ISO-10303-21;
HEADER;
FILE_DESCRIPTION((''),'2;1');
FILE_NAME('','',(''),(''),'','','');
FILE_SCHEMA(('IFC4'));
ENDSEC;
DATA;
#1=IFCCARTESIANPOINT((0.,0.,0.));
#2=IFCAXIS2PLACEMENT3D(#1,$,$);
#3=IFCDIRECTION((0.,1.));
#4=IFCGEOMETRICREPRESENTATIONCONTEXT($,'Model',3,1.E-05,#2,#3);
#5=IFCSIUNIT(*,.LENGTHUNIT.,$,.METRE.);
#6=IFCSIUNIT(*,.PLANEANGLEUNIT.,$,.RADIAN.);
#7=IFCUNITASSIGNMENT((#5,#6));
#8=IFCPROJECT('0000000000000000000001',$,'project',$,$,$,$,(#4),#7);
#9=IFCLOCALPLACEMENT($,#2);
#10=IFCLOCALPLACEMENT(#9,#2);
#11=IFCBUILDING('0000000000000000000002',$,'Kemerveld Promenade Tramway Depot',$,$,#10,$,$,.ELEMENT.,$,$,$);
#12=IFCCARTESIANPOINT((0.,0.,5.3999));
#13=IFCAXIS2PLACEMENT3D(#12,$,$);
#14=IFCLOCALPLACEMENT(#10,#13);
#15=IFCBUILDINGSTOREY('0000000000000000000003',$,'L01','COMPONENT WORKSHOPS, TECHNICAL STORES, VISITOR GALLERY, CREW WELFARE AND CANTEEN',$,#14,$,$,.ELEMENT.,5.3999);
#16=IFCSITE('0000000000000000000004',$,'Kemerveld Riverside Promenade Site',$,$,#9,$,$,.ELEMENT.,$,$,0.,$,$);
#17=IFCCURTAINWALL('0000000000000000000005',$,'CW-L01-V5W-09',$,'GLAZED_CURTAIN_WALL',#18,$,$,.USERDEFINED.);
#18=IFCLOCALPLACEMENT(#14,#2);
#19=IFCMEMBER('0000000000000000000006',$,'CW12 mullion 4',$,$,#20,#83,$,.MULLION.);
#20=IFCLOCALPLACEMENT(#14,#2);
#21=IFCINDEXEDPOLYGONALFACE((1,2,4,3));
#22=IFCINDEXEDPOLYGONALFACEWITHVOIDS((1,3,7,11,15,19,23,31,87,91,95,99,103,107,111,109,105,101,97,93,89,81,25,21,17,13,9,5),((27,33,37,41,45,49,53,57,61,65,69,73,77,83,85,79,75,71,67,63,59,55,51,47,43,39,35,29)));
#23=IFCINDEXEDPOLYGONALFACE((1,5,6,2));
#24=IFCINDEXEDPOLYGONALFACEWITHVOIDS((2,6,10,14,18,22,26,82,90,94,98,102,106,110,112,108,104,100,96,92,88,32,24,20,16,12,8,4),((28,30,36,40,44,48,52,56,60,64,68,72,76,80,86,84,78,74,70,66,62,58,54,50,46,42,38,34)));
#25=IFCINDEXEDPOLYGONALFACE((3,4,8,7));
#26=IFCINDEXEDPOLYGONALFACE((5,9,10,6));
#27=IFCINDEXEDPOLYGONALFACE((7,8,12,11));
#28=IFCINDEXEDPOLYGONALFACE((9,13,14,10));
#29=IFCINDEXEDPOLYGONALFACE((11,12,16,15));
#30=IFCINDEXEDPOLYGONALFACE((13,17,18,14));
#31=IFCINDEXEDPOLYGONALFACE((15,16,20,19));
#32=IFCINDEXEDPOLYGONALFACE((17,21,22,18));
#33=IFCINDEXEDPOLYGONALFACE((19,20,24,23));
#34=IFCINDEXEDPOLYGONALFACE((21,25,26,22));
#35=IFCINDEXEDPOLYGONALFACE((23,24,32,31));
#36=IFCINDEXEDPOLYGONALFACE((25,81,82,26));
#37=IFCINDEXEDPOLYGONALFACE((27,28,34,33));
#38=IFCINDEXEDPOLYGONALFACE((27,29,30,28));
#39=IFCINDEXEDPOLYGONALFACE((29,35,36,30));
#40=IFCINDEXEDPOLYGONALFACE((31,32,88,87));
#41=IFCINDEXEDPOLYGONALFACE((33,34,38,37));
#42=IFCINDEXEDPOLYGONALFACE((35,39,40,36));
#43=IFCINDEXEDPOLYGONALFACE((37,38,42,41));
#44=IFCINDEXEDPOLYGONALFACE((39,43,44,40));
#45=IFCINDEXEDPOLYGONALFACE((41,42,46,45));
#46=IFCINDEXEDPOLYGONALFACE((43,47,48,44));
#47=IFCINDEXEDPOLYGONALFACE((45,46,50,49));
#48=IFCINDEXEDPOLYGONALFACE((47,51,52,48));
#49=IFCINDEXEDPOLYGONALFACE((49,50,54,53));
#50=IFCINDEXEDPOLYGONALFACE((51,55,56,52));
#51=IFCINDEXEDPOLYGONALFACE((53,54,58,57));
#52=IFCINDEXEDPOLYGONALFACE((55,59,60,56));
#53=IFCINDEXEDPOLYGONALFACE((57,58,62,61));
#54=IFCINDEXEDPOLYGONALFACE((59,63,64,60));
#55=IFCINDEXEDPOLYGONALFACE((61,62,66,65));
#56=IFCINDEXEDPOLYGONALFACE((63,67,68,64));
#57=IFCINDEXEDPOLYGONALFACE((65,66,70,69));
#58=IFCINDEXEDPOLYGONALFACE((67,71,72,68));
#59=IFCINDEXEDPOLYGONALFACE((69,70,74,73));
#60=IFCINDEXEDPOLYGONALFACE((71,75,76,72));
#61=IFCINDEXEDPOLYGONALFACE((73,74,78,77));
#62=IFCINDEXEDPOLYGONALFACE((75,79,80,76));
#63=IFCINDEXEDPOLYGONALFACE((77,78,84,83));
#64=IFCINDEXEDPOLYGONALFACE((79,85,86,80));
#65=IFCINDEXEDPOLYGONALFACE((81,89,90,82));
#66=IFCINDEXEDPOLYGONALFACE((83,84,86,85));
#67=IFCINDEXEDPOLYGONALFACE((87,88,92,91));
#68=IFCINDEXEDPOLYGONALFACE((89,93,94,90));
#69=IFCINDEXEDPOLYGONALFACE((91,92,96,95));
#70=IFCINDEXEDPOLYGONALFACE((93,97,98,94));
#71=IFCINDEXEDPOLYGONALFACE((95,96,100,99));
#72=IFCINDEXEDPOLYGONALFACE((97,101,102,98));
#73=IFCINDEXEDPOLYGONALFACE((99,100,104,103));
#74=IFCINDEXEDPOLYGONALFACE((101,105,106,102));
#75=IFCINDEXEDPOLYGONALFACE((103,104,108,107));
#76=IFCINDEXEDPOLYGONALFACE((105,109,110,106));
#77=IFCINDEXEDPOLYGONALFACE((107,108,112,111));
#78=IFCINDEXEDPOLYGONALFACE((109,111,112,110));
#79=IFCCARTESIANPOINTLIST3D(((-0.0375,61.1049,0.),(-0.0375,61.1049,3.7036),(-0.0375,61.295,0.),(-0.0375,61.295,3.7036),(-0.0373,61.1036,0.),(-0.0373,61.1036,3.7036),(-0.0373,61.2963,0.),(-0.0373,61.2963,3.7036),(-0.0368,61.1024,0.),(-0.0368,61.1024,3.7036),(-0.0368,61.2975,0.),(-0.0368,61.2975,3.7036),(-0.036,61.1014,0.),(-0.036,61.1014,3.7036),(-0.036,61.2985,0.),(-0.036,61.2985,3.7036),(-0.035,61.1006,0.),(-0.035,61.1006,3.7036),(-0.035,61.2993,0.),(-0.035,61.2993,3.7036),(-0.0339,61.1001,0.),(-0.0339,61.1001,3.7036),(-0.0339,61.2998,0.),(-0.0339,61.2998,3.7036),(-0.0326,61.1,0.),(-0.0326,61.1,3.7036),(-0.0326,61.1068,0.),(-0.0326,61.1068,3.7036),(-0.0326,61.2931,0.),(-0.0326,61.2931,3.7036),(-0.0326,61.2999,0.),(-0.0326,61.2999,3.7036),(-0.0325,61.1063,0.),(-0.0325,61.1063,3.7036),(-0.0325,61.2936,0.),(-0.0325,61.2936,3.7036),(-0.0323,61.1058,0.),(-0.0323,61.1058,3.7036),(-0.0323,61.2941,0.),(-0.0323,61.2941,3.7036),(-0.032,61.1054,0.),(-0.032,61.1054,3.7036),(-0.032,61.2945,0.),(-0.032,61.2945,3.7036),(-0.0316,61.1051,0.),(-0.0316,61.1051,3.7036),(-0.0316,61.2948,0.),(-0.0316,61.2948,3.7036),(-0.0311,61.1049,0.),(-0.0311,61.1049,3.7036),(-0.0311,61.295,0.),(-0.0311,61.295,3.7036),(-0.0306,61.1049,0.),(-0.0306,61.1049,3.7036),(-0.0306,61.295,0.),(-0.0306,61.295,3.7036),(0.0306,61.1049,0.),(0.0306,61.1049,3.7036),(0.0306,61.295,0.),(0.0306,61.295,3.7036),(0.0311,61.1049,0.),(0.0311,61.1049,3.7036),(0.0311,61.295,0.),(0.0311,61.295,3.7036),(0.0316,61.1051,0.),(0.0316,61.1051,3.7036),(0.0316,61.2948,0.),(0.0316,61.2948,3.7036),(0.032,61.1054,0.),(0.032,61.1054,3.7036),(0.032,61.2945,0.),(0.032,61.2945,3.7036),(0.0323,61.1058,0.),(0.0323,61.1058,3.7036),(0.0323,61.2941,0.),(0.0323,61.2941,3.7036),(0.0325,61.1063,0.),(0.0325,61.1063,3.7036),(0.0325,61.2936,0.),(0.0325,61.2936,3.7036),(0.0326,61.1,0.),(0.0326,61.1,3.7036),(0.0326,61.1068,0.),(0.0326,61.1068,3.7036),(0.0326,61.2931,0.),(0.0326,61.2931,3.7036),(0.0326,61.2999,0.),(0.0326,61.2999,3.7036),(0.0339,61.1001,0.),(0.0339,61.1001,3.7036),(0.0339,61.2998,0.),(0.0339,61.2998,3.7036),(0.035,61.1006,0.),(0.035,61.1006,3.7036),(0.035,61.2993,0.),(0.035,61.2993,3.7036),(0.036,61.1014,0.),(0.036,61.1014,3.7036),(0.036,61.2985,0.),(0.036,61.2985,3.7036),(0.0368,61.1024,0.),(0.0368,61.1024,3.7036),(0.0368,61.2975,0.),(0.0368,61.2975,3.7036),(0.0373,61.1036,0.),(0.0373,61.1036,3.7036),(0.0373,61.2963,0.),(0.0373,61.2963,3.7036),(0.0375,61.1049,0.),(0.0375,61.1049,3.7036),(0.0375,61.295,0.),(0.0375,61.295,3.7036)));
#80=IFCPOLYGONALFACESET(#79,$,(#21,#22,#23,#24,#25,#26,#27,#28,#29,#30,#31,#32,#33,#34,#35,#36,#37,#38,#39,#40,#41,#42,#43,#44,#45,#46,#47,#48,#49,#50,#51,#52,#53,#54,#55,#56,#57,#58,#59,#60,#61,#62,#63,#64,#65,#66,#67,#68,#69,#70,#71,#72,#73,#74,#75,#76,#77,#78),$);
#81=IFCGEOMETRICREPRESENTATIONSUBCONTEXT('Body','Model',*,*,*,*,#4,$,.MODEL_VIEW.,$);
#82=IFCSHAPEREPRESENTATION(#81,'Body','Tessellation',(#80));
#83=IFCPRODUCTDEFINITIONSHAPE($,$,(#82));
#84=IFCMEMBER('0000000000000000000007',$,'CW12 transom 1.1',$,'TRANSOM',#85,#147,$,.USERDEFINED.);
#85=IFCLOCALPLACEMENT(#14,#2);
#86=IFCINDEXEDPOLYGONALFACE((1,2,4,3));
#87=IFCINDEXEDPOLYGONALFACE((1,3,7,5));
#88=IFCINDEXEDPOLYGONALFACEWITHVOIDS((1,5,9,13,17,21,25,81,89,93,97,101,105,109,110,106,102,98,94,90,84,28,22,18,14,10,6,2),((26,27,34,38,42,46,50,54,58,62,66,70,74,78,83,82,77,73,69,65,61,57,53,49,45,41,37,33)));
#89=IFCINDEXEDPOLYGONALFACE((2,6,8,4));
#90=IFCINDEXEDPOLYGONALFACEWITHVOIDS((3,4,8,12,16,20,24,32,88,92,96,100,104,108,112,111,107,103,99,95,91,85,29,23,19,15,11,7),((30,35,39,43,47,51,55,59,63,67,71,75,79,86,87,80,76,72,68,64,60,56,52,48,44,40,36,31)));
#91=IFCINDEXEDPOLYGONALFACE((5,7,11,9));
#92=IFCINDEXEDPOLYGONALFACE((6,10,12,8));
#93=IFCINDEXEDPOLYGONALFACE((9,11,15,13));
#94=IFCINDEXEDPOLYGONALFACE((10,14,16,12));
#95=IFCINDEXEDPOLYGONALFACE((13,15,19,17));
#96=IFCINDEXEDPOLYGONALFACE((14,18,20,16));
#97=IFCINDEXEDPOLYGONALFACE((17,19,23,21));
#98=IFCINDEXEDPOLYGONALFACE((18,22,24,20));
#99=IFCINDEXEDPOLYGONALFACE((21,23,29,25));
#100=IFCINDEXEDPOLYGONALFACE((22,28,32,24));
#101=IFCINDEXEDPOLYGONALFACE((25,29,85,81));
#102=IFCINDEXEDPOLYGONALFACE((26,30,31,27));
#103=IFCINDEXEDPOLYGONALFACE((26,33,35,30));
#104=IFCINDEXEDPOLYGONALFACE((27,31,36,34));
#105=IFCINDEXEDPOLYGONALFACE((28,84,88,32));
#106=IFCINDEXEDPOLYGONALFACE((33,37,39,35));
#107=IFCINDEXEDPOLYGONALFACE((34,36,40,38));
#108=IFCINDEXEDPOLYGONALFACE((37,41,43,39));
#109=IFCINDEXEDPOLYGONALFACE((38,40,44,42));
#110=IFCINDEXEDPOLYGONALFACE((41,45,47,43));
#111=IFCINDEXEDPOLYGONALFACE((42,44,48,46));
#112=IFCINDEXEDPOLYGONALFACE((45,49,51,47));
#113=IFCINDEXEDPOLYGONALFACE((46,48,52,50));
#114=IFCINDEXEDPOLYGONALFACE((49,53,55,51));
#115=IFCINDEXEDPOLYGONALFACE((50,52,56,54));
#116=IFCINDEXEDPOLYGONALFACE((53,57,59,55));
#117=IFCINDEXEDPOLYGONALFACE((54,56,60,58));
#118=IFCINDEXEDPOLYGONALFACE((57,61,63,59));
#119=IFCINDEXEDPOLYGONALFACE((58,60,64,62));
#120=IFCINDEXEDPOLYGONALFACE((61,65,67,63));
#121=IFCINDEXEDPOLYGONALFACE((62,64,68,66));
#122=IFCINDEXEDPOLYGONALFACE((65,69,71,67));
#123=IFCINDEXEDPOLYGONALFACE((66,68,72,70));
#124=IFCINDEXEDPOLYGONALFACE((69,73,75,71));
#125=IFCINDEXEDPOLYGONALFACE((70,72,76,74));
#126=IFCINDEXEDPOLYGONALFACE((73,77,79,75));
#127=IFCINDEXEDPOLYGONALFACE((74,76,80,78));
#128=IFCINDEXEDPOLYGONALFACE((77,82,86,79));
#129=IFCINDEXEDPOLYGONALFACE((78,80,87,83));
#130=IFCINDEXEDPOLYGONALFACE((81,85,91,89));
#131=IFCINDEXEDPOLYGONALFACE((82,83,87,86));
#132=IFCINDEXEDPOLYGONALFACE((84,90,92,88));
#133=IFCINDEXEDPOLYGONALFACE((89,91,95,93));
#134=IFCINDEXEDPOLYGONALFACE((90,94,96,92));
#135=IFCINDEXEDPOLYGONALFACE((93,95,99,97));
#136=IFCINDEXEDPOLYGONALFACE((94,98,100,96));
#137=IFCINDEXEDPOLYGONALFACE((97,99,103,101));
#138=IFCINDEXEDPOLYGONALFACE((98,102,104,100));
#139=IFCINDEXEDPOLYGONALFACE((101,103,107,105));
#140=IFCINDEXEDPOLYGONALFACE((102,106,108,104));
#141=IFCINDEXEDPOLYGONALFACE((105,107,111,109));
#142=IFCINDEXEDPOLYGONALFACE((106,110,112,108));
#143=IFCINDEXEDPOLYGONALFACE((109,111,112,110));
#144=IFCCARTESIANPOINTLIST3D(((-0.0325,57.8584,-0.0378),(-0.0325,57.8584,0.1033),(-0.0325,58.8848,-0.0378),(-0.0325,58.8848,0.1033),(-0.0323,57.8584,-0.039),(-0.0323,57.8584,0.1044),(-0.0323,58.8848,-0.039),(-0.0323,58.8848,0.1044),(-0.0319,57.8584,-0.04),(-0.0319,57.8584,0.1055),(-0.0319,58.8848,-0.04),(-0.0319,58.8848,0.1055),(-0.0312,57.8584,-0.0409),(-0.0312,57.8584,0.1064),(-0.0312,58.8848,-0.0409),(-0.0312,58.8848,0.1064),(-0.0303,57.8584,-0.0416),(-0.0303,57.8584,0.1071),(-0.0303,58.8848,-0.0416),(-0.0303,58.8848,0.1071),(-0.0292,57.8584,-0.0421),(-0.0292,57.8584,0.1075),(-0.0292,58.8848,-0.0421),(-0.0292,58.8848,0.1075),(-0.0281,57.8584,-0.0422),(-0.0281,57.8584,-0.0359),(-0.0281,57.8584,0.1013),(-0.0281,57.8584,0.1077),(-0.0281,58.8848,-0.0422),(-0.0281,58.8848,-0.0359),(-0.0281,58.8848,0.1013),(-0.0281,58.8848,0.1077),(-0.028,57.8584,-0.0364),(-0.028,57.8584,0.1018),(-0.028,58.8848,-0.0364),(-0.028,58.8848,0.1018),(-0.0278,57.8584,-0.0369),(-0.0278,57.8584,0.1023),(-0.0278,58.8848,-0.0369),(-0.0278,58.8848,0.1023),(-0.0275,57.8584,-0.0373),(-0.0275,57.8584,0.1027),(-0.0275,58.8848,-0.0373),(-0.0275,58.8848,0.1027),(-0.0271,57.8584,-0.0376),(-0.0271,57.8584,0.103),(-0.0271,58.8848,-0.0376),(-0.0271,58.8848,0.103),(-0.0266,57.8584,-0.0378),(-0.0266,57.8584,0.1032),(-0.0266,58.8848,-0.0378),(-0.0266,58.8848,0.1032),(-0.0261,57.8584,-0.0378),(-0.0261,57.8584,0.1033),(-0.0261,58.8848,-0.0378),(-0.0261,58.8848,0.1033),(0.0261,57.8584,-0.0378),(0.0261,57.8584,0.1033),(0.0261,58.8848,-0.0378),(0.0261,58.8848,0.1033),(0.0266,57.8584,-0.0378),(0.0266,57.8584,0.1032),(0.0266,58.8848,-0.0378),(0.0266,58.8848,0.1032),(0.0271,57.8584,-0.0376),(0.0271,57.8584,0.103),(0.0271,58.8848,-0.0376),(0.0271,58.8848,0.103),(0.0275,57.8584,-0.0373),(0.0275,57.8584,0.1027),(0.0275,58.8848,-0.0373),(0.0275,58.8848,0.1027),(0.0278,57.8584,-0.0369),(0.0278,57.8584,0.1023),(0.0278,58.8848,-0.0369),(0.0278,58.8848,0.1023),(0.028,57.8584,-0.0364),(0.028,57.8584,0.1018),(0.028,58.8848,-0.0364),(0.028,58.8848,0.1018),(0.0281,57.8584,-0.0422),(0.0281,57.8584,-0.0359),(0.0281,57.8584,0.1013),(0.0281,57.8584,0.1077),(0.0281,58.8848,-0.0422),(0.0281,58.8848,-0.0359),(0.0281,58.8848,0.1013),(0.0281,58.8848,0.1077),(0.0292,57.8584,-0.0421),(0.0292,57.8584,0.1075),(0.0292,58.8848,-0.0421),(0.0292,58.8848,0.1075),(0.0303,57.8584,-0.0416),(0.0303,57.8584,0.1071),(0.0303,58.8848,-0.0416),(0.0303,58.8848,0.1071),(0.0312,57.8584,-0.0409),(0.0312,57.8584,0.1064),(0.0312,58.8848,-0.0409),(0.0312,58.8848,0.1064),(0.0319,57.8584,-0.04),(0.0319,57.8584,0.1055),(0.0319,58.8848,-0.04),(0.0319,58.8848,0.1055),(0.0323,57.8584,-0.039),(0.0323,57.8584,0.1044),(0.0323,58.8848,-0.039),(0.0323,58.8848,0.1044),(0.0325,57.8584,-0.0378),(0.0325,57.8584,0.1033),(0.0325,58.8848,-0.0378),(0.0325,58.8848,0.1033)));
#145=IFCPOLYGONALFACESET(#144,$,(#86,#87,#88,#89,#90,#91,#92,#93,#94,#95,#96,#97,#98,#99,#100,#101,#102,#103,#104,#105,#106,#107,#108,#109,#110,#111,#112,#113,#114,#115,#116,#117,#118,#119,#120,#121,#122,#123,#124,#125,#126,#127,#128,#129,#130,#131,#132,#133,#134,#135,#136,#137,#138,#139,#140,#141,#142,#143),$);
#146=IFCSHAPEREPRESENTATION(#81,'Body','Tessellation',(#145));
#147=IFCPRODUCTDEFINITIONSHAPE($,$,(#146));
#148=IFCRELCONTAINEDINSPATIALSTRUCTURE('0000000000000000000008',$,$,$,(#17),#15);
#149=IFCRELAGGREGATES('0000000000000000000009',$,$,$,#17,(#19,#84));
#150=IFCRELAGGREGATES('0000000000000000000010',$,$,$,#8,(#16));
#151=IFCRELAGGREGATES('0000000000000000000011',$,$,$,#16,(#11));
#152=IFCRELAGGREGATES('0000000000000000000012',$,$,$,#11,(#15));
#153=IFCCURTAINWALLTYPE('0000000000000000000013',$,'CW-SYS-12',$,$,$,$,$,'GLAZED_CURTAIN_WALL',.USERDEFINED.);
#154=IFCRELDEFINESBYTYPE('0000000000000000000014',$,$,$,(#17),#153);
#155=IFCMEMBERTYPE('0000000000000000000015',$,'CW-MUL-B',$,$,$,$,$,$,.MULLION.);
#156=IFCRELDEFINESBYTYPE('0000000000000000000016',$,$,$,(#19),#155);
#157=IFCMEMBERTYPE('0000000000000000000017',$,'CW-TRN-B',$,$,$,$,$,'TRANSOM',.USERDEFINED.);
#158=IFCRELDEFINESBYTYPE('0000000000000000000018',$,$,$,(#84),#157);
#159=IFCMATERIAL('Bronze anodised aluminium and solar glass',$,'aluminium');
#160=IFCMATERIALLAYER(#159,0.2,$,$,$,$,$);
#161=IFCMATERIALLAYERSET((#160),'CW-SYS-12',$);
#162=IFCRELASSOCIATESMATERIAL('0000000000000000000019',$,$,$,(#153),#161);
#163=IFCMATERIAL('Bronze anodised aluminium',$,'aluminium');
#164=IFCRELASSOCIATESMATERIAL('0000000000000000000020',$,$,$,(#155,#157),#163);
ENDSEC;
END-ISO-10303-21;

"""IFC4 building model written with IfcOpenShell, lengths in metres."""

from ifc_helpers import new_model, si_unit, direction, frame, origin, origin_2d, place, context, subcontext, project, spatial, hollow_rectangle, extrude, material, layer, layer_set, material_profile, profile_set, type_object, element, aggregate, save


model = new_model("IFC4")

# Units and contexts
model_context = context("Model", 3, precision=1e-05, world=origin(), true_north=direction((0.0, 1.0)))
body_context = subcontext(model_context, "Body", "Model", "MODEL_VIEW")
ifc_project = project(units=[si_unit("LENGTHUNIT", "METRE"), si_unit("PLANEANGLEUNIT", "RADIAN")], contexts=[model_context])

# Site, building, storey
site_placement = place(None, origin())
site = spatial("IfcSite", under=ifc_project, at=site_placement, Name="Kemerveld Riverside Promenade Site", CompositionType="ELEMENT", RefElevation=0.0)
building_placement = place(site_placement, origin())
building = spatial("IfcBuilding", under=site, at=building_placement, Name="Kemerveld Promenade Tramway Depot", CompositionType="ELEMENT")
storey_placement = place(building_placement, frame((0.0, 0.0, 5.3999)))
storey = spatial("IfcBuildingStorey", under=building, at=storey_placement, Name="L01", Description="COMPONENT WORKSHOPS, TECHNICAL STORES, VISITOR GALLERY, CREW WELFARE AND CANTEEN", CompositionType="ELEMENT", Elevation=5.3999)

# Curtain wall, members
ifc_material_1 = material(Name="Bronze anodised aluminium and solar glass", Category="aluminium")
ifc_layer_1 = layer(ifc_material_1, 0.2)
ifc_layer_set_1 = layer_set([ifc_layer_1], Name="CW-SYS-12")
curtain_wall_type = type_object("IfcCurtainWallType", Name="CW-SYS-12", ElementType="GLAZED_CURTAIN_WALL", PredefinedType="USERDEFINED", material=ifc_layer_set_1)
curtain_wall_placement = place(storey_placement, origin())
curtain_wall = element("IfcCurtainWall", 1, at=curtain_wall_placement, inside=storey, type_object=curtain_wall_type, Name="CW-L01-V5W-09", ObjectType="GLAZED_CURTAIN_WALL", PredefinedType="USERDEFINED")
ifc_material_2 = material(Name="Bronze anodised aluminium", Category="aluminium")
ifc_material_profile_1 = material_profile(ifc_material_2, hollow_rectangle(XDim=0.075, YDim=0.2, WallThickness=0.0049, InnerFilletRadius=0.002, OuterFilletRadius=0.0049, at=origin_2d()), Name="CW-MUL-200x75")
ifc_profile_set_1 = profile_set([ifc_material_profile_1], Name="Bronze anodised aluminium")
member_type_1 = type_object("IfcMemberType", Name="CW-MUL-B", PredefinedType="MULLION", material=ifc_profile_set_1)
member_1_placement = place(storey_placement, frame((0.0, 61.2, 0.0), z_axis=(0.0, 0.0, 1.0), x_axis=(-1.0, 0.0, 0.0)))
member_1 = element("IfcMember", 2, at=member_1_placement, type_object=member_type_1, Name="CW12 mullion 4", PredefinedType="MULLION", context=body_context, shape_type="SweptSolid", body=[
    extrude(hollow_rectangle(XDim=0.075, YDim=0.2, WallThickness=0.0049, InnerFilletRadius=0.002, OuterFilletRadius=0.0049, at=origin_2d()), origin(), (0.0, 0.0, 1.0), 3.7036),
])
ifc_material_profile_2 = material_profile(ifc_material_2, hollow_rectangle(XDim=0.0649, YDim=0.1499, WallThickness=0.0044, InnerFilletRadius=0.002, OuterFilletRadius=0.0044, at=origin_2d()), Name="CW-TRN-150x65")
ifc_profile_set_2 = profile_set([ifc_material_profile_2], Name="Bronze anodised aluminium")
member_type_2 = type_object("IfcMemberType", Name="CW-TRN-B", ElementType="TRANSOM", PredefinedType="USERDEFINED", material=ifc_profile_set_2)
member_2_placement = place(storey_placement, frame((0.0, 57.8584, 0.0327), z_axis=(0.0, 1.0, 0.0), x_axis=(-1.0, 0.0, 0.0)))
member_2 = element("IfcMember", 3, at=member_2_placement, type_object=member_type_2, Name="CW12 transom 1.1", ObjectType="TRANSOM", PredefinedType="USERDEFINED", context=body_context, shape_type="SweptSolid", body=[
    extrude(hollow_rectangle(XDim=0.0649, YDim=0.1499, WallThickness=0.0044, InnerFilletRadius=0.002, OuterFilletRadius=0.0044, at=origin_2d()), origin(), (0.0, 0.0, 1.0), 1.0264),
])
aggregate(curtain_wall, [member_1, member_2])

save(model, "model.ifc")
